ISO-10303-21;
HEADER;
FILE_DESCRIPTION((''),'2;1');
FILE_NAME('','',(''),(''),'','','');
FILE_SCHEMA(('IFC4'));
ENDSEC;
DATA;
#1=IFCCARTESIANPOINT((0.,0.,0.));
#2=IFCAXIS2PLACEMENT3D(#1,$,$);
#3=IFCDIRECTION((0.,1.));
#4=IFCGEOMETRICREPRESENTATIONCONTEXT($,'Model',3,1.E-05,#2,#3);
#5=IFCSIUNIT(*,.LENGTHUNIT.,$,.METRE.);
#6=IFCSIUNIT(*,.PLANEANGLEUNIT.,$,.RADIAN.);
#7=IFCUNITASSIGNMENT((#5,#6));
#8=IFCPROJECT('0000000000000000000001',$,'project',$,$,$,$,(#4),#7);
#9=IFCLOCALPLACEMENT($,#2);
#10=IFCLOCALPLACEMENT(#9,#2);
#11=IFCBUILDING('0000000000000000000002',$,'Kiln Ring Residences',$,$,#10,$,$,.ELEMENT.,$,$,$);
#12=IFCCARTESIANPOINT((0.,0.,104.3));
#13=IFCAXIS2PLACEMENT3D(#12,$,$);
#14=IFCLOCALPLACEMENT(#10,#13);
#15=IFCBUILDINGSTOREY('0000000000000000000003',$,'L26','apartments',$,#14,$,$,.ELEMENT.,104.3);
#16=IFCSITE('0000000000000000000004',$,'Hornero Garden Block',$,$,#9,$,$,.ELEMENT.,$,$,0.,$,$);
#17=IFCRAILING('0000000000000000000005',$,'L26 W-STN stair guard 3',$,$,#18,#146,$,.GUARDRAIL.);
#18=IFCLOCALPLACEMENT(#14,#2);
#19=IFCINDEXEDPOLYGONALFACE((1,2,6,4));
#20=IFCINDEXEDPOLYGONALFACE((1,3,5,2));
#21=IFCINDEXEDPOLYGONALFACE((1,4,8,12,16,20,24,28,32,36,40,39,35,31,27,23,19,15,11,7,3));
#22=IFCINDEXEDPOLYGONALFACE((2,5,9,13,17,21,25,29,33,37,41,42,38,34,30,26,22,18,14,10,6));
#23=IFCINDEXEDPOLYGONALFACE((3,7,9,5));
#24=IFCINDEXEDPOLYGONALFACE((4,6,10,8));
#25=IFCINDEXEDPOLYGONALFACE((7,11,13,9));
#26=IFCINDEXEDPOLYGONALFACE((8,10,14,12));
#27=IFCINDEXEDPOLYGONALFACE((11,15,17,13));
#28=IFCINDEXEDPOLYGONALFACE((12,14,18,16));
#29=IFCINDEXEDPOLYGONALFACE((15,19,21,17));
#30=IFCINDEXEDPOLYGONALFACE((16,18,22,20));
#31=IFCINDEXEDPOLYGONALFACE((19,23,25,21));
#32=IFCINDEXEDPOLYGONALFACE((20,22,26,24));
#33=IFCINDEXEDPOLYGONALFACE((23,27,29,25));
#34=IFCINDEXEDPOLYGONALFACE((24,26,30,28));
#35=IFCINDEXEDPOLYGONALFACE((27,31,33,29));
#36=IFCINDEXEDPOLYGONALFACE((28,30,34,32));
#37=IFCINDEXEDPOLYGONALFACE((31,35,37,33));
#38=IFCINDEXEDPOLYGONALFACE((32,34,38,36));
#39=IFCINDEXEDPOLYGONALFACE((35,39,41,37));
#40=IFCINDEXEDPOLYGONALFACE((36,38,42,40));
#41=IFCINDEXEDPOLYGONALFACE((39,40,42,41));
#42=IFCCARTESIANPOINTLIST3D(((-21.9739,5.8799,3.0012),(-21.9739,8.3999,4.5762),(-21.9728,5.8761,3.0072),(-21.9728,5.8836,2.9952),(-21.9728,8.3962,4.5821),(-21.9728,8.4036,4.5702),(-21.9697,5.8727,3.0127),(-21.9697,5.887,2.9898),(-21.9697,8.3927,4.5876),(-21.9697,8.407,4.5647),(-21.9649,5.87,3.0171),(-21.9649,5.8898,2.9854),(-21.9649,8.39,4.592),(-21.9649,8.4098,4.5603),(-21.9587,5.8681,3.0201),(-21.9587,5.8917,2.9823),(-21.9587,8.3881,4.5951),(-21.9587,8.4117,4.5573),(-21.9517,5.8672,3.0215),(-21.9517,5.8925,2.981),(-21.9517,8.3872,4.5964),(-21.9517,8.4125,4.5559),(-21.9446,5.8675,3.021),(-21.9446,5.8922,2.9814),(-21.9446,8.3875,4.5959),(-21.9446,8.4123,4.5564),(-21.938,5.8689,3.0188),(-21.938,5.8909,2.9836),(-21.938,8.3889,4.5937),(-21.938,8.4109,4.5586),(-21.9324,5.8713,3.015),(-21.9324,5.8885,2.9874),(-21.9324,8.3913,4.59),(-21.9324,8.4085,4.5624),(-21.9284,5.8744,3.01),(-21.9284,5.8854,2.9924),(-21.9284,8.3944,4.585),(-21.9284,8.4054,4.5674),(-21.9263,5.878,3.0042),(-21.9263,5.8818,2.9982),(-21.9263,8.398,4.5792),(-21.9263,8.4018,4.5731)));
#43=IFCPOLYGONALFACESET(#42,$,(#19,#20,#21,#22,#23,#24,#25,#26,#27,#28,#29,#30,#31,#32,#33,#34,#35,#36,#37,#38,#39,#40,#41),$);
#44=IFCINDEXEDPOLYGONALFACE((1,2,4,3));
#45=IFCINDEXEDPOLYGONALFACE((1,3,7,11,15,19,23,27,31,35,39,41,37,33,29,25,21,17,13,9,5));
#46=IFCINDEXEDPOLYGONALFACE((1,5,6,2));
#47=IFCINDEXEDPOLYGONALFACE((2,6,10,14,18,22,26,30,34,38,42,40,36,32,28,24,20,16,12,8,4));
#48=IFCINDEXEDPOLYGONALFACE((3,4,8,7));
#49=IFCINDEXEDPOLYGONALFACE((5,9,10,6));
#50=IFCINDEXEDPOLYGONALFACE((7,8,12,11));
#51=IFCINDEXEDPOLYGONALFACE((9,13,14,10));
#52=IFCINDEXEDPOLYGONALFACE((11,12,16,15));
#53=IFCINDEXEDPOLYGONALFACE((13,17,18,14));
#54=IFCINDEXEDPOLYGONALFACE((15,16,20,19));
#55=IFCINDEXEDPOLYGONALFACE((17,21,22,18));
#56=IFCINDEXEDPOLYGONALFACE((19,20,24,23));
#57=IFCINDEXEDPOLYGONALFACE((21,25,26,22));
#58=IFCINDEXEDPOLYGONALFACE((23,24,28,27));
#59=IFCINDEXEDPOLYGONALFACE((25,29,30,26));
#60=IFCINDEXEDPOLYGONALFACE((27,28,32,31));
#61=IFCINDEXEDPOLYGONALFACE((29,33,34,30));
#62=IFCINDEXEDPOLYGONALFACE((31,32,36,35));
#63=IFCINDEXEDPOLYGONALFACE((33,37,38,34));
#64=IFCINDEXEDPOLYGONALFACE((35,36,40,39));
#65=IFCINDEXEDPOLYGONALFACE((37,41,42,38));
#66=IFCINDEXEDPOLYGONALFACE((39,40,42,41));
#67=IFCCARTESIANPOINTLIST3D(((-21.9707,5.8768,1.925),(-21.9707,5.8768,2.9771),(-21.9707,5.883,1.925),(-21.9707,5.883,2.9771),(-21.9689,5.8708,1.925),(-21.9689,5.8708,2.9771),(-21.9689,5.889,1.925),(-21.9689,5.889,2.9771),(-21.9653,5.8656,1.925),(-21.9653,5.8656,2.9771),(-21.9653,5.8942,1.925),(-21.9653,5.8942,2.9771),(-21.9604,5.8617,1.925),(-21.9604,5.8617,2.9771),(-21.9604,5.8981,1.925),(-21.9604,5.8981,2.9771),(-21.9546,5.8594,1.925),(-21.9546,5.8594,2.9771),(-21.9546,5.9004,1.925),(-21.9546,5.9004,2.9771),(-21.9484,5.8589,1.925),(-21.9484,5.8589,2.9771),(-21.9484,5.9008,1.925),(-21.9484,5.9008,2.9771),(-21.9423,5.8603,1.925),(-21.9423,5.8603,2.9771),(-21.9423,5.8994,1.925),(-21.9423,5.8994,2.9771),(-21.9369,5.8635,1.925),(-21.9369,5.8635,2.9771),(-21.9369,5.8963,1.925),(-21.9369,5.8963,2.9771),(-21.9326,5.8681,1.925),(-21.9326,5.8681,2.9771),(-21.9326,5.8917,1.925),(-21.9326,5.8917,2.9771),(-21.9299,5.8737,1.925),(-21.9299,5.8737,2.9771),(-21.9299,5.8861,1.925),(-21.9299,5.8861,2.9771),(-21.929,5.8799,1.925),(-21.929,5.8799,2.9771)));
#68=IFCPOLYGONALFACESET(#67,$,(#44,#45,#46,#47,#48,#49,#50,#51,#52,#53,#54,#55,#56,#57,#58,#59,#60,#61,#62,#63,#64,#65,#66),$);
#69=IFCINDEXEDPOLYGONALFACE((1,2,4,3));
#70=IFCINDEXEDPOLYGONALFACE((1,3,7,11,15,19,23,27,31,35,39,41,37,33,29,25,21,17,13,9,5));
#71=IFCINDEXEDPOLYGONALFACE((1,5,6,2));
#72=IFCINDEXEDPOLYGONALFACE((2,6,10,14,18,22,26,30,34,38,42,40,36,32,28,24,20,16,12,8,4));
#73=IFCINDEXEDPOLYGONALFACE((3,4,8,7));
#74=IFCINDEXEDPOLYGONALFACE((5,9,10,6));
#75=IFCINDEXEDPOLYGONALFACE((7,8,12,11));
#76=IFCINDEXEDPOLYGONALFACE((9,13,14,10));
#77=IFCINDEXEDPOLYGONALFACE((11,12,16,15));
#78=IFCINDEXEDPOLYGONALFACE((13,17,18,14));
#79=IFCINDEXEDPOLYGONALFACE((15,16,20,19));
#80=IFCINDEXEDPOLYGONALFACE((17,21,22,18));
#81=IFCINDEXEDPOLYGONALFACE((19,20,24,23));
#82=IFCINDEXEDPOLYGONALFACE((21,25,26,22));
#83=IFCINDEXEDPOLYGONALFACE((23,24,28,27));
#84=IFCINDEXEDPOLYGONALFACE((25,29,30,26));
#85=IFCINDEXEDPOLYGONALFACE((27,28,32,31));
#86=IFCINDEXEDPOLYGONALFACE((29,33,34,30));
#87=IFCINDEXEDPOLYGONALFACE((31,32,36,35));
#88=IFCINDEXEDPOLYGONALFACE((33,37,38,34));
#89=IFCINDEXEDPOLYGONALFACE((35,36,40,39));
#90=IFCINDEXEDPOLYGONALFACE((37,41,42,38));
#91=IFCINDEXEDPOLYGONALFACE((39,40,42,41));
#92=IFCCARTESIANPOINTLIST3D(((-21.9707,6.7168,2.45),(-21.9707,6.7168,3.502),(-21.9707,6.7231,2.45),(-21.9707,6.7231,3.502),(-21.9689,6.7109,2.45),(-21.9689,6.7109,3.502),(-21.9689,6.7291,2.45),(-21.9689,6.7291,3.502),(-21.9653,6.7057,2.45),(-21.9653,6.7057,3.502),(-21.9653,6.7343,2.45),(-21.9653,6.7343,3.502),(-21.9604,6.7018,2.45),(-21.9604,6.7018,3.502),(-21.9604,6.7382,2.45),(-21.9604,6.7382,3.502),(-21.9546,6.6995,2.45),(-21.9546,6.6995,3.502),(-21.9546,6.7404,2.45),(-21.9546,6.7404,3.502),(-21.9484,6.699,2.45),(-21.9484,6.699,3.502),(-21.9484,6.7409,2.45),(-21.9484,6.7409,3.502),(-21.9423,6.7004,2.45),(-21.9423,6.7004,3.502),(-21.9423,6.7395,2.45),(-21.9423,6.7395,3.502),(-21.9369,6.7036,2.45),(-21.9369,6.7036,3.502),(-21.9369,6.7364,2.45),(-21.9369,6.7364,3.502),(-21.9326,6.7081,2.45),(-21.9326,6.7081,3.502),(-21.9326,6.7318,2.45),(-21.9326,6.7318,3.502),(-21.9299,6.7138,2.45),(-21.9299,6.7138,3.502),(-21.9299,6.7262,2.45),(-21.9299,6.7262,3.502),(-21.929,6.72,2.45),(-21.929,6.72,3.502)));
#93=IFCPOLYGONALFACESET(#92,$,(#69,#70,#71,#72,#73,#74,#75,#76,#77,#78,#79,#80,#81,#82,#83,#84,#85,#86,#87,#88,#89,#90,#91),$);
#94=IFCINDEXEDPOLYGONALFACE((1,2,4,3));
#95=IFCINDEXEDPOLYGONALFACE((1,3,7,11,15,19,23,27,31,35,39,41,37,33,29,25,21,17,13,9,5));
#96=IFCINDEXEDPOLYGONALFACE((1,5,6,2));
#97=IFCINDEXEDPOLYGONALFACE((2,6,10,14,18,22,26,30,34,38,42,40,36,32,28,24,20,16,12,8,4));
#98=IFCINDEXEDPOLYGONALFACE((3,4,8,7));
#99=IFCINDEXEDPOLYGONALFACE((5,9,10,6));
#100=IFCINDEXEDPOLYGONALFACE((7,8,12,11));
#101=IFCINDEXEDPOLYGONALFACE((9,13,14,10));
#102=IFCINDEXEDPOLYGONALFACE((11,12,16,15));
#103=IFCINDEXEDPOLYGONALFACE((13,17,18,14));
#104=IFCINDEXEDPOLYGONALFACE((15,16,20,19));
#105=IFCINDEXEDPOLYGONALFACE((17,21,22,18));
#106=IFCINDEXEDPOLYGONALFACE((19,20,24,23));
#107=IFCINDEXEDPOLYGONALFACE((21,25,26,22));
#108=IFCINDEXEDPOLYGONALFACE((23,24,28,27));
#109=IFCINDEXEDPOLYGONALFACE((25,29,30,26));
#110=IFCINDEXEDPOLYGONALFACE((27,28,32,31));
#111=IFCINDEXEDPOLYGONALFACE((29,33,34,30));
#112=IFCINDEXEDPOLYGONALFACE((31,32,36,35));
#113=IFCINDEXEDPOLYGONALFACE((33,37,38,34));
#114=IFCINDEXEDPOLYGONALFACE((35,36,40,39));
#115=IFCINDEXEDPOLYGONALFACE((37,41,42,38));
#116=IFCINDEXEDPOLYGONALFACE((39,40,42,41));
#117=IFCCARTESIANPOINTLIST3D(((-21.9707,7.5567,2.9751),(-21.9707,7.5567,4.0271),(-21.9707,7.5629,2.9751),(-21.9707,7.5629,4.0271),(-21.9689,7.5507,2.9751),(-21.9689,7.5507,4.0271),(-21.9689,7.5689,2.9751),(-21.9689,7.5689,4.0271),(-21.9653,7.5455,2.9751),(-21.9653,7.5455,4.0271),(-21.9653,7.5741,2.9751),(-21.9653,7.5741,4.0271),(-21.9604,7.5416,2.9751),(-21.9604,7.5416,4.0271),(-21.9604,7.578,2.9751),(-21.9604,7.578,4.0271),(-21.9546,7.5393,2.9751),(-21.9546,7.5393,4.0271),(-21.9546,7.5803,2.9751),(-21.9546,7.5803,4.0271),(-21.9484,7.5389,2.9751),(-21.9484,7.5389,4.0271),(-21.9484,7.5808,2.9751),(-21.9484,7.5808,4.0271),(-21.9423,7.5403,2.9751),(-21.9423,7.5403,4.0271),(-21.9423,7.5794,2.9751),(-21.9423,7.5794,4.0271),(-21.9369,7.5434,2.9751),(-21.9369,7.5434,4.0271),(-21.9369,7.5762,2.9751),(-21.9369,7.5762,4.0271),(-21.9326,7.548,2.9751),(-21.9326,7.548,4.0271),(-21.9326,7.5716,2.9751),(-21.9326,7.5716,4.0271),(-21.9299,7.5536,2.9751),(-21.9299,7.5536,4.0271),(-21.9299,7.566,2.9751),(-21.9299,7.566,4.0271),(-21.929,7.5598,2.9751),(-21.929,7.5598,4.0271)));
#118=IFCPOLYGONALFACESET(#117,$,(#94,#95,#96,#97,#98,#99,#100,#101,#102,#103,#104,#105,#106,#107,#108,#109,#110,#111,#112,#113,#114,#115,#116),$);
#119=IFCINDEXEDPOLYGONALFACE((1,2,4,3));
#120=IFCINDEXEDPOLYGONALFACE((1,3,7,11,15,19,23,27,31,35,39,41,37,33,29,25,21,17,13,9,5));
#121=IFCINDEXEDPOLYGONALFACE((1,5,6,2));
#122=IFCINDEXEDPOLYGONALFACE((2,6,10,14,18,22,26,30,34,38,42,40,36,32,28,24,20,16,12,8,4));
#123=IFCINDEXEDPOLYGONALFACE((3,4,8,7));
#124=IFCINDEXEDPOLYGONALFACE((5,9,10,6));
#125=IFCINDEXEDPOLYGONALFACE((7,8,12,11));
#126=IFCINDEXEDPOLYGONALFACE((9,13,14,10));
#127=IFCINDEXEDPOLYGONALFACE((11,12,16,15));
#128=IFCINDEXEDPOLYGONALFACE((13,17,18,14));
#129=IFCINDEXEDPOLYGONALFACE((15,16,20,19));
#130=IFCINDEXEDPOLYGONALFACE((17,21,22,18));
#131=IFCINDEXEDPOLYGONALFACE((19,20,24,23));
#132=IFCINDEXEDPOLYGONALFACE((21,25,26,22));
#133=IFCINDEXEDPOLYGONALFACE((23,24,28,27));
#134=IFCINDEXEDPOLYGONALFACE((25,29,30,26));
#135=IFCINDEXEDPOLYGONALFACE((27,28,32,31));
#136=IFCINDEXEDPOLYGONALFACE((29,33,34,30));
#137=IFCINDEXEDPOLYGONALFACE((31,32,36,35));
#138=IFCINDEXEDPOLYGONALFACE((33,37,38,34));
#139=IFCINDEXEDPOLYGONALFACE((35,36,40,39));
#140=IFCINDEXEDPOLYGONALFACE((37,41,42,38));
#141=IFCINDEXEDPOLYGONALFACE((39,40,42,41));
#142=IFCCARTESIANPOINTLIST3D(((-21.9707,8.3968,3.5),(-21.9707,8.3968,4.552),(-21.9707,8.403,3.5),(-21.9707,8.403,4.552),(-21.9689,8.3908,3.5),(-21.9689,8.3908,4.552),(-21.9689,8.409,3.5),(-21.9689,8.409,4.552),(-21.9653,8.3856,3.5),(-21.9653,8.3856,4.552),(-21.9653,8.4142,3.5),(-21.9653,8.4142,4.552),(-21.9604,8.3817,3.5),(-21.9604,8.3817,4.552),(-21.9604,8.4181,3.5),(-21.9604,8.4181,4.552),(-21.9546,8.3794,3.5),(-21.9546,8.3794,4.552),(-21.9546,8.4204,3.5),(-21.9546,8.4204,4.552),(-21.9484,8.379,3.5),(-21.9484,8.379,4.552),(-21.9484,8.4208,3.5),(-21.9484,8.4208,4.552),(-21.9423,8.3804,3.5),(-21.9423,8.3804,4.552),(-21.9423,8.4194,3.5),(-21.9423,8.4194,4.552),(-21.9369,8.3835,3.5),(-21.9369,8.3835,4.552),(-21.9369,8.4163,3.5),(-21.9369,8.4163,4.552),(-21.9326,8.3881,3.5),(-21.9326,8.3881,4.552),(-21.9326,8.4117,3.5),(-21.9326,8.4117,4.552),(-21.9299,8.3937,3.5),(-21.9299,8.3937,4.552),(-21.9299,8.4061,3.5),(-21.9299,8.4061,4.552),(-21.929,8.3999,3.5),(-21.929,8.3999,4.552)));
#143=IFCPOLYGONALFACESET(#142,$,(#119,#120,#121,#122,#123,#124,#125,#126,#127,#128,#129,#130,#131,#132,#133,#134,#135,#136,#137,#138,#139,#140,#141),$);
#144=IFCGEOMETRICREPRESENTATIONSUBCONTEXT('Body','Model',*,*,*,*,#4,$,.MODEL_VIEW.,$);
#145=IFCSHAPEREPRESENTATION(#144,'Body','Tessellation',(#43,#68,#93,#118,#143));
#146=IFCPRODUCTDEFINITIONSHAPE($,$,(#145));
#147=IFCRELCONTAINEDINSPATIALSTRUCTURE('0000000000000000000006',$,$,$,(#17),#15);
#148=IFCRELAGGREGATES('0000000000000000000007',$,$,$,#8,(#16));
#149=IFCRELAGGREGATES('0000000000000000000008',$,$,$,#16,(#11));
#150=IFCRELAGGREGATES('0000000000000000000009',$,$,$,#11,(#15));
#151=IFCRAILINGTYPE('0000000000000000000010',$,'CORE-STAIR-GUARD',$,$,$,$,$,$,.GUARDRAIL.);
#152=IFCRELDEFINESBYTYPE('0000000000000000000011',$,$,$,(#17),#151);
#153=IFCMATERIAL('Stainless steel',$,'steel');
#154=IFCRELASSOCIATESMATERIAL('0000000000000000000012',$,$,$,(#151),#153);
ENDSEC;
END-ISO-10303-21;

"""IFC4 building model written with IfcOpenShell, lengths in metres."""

from ifc_helpers import new_model, si_unit, direction, frame, origin, origin_2d, place, context, subcontext, project, spatial, circle, extrude, material, type_object, element, save


model = new_model("IFC4")

# Units and contexts
model_context = context("Model", 3, precision=1e-05, world=origin(), true_north=direction((0.0, 1.0)))
body_context = subcontext(model_context, "Body", "Model", "MODEL_VIEW")
ifc_project = project(units=[si_unit("LENGTHUNIT", "METRE"), si_unit("PLANEANGLEUNIT", "RADIAN")], contexts=[model_context])

# Site, building, storey
site_placement = place(None, origin())
site = spatial("IfcSite", under=ifc_project, at=site_placement, Name="Hornero Garden Block", CompositionType="ELEMENT", RefElevation=0.0)
building_placement = place(site_placement, origin())
building = spatial("IfcBuilding", under=site, at=building_placement, Name="Kiln Ring Residences", CompositionType="ELEMENT")
storey_placement = place(building_placement, frame((0.0, 0.0, 104.3)))
storey = spatial("IfcBuildingStorey", under=building, at=storey_placement, Name="L26", Description="apartments", CompositionType="ELEMENT", Elevation=104.3)

# Railing
ifc_material_1 = material(Name="Stainless steel", Category="steel")
railing_type_1 = type_object("IfcRailingType", Name="CORE-STAIR-GUARD", PredefinedType="GUARDRAIL", material=ifc_material_1)
railing_1_placement = place(storey_placement, frame((-21.95, 5.8799, 1.925)))
element("IfcRailing", 1, at=railing_1_placement, inside=storey, type_object=railing_type_1, Name="L26 W-STN stair guard 3", PredefinedType="GUARDRAIL", context=body_context, shape_type="SweptSolid", body=[
    extrude(circle(Radius=0.0239, at=origin_2d()), frame((0.0, 0.0, 1.0762), z_axis=(0.0, 0.848008, 0.529984), x_axis=(-1.0, 0.0, 0.0)), (0.0, 0.0, 1.0), 2.9717),
    extrude(circle(Radius=0.021, at=origin_2d()), origin(), (0.0, 0.0, 1.0), 1.052),
    extrude(circle(Radius=0.021, at=origin_2d()), frame((0.0, 0.8401, 0.5249)), (0.0, 0.0, 1.0), 1.052),
    extrude(circle(Radius=0.021, at=origin_2d()), frame((0.0, 1.6799, 1.05)), (0.0, 0.0, 1.0), 1.052),
    extrude(circle(Radius=0.021, at=origin_2d()), frame((0.0, 2.52, 1.575)), (0.0, 0.0, 1.0), 1.052),
])

save(model, "model.ifc")
